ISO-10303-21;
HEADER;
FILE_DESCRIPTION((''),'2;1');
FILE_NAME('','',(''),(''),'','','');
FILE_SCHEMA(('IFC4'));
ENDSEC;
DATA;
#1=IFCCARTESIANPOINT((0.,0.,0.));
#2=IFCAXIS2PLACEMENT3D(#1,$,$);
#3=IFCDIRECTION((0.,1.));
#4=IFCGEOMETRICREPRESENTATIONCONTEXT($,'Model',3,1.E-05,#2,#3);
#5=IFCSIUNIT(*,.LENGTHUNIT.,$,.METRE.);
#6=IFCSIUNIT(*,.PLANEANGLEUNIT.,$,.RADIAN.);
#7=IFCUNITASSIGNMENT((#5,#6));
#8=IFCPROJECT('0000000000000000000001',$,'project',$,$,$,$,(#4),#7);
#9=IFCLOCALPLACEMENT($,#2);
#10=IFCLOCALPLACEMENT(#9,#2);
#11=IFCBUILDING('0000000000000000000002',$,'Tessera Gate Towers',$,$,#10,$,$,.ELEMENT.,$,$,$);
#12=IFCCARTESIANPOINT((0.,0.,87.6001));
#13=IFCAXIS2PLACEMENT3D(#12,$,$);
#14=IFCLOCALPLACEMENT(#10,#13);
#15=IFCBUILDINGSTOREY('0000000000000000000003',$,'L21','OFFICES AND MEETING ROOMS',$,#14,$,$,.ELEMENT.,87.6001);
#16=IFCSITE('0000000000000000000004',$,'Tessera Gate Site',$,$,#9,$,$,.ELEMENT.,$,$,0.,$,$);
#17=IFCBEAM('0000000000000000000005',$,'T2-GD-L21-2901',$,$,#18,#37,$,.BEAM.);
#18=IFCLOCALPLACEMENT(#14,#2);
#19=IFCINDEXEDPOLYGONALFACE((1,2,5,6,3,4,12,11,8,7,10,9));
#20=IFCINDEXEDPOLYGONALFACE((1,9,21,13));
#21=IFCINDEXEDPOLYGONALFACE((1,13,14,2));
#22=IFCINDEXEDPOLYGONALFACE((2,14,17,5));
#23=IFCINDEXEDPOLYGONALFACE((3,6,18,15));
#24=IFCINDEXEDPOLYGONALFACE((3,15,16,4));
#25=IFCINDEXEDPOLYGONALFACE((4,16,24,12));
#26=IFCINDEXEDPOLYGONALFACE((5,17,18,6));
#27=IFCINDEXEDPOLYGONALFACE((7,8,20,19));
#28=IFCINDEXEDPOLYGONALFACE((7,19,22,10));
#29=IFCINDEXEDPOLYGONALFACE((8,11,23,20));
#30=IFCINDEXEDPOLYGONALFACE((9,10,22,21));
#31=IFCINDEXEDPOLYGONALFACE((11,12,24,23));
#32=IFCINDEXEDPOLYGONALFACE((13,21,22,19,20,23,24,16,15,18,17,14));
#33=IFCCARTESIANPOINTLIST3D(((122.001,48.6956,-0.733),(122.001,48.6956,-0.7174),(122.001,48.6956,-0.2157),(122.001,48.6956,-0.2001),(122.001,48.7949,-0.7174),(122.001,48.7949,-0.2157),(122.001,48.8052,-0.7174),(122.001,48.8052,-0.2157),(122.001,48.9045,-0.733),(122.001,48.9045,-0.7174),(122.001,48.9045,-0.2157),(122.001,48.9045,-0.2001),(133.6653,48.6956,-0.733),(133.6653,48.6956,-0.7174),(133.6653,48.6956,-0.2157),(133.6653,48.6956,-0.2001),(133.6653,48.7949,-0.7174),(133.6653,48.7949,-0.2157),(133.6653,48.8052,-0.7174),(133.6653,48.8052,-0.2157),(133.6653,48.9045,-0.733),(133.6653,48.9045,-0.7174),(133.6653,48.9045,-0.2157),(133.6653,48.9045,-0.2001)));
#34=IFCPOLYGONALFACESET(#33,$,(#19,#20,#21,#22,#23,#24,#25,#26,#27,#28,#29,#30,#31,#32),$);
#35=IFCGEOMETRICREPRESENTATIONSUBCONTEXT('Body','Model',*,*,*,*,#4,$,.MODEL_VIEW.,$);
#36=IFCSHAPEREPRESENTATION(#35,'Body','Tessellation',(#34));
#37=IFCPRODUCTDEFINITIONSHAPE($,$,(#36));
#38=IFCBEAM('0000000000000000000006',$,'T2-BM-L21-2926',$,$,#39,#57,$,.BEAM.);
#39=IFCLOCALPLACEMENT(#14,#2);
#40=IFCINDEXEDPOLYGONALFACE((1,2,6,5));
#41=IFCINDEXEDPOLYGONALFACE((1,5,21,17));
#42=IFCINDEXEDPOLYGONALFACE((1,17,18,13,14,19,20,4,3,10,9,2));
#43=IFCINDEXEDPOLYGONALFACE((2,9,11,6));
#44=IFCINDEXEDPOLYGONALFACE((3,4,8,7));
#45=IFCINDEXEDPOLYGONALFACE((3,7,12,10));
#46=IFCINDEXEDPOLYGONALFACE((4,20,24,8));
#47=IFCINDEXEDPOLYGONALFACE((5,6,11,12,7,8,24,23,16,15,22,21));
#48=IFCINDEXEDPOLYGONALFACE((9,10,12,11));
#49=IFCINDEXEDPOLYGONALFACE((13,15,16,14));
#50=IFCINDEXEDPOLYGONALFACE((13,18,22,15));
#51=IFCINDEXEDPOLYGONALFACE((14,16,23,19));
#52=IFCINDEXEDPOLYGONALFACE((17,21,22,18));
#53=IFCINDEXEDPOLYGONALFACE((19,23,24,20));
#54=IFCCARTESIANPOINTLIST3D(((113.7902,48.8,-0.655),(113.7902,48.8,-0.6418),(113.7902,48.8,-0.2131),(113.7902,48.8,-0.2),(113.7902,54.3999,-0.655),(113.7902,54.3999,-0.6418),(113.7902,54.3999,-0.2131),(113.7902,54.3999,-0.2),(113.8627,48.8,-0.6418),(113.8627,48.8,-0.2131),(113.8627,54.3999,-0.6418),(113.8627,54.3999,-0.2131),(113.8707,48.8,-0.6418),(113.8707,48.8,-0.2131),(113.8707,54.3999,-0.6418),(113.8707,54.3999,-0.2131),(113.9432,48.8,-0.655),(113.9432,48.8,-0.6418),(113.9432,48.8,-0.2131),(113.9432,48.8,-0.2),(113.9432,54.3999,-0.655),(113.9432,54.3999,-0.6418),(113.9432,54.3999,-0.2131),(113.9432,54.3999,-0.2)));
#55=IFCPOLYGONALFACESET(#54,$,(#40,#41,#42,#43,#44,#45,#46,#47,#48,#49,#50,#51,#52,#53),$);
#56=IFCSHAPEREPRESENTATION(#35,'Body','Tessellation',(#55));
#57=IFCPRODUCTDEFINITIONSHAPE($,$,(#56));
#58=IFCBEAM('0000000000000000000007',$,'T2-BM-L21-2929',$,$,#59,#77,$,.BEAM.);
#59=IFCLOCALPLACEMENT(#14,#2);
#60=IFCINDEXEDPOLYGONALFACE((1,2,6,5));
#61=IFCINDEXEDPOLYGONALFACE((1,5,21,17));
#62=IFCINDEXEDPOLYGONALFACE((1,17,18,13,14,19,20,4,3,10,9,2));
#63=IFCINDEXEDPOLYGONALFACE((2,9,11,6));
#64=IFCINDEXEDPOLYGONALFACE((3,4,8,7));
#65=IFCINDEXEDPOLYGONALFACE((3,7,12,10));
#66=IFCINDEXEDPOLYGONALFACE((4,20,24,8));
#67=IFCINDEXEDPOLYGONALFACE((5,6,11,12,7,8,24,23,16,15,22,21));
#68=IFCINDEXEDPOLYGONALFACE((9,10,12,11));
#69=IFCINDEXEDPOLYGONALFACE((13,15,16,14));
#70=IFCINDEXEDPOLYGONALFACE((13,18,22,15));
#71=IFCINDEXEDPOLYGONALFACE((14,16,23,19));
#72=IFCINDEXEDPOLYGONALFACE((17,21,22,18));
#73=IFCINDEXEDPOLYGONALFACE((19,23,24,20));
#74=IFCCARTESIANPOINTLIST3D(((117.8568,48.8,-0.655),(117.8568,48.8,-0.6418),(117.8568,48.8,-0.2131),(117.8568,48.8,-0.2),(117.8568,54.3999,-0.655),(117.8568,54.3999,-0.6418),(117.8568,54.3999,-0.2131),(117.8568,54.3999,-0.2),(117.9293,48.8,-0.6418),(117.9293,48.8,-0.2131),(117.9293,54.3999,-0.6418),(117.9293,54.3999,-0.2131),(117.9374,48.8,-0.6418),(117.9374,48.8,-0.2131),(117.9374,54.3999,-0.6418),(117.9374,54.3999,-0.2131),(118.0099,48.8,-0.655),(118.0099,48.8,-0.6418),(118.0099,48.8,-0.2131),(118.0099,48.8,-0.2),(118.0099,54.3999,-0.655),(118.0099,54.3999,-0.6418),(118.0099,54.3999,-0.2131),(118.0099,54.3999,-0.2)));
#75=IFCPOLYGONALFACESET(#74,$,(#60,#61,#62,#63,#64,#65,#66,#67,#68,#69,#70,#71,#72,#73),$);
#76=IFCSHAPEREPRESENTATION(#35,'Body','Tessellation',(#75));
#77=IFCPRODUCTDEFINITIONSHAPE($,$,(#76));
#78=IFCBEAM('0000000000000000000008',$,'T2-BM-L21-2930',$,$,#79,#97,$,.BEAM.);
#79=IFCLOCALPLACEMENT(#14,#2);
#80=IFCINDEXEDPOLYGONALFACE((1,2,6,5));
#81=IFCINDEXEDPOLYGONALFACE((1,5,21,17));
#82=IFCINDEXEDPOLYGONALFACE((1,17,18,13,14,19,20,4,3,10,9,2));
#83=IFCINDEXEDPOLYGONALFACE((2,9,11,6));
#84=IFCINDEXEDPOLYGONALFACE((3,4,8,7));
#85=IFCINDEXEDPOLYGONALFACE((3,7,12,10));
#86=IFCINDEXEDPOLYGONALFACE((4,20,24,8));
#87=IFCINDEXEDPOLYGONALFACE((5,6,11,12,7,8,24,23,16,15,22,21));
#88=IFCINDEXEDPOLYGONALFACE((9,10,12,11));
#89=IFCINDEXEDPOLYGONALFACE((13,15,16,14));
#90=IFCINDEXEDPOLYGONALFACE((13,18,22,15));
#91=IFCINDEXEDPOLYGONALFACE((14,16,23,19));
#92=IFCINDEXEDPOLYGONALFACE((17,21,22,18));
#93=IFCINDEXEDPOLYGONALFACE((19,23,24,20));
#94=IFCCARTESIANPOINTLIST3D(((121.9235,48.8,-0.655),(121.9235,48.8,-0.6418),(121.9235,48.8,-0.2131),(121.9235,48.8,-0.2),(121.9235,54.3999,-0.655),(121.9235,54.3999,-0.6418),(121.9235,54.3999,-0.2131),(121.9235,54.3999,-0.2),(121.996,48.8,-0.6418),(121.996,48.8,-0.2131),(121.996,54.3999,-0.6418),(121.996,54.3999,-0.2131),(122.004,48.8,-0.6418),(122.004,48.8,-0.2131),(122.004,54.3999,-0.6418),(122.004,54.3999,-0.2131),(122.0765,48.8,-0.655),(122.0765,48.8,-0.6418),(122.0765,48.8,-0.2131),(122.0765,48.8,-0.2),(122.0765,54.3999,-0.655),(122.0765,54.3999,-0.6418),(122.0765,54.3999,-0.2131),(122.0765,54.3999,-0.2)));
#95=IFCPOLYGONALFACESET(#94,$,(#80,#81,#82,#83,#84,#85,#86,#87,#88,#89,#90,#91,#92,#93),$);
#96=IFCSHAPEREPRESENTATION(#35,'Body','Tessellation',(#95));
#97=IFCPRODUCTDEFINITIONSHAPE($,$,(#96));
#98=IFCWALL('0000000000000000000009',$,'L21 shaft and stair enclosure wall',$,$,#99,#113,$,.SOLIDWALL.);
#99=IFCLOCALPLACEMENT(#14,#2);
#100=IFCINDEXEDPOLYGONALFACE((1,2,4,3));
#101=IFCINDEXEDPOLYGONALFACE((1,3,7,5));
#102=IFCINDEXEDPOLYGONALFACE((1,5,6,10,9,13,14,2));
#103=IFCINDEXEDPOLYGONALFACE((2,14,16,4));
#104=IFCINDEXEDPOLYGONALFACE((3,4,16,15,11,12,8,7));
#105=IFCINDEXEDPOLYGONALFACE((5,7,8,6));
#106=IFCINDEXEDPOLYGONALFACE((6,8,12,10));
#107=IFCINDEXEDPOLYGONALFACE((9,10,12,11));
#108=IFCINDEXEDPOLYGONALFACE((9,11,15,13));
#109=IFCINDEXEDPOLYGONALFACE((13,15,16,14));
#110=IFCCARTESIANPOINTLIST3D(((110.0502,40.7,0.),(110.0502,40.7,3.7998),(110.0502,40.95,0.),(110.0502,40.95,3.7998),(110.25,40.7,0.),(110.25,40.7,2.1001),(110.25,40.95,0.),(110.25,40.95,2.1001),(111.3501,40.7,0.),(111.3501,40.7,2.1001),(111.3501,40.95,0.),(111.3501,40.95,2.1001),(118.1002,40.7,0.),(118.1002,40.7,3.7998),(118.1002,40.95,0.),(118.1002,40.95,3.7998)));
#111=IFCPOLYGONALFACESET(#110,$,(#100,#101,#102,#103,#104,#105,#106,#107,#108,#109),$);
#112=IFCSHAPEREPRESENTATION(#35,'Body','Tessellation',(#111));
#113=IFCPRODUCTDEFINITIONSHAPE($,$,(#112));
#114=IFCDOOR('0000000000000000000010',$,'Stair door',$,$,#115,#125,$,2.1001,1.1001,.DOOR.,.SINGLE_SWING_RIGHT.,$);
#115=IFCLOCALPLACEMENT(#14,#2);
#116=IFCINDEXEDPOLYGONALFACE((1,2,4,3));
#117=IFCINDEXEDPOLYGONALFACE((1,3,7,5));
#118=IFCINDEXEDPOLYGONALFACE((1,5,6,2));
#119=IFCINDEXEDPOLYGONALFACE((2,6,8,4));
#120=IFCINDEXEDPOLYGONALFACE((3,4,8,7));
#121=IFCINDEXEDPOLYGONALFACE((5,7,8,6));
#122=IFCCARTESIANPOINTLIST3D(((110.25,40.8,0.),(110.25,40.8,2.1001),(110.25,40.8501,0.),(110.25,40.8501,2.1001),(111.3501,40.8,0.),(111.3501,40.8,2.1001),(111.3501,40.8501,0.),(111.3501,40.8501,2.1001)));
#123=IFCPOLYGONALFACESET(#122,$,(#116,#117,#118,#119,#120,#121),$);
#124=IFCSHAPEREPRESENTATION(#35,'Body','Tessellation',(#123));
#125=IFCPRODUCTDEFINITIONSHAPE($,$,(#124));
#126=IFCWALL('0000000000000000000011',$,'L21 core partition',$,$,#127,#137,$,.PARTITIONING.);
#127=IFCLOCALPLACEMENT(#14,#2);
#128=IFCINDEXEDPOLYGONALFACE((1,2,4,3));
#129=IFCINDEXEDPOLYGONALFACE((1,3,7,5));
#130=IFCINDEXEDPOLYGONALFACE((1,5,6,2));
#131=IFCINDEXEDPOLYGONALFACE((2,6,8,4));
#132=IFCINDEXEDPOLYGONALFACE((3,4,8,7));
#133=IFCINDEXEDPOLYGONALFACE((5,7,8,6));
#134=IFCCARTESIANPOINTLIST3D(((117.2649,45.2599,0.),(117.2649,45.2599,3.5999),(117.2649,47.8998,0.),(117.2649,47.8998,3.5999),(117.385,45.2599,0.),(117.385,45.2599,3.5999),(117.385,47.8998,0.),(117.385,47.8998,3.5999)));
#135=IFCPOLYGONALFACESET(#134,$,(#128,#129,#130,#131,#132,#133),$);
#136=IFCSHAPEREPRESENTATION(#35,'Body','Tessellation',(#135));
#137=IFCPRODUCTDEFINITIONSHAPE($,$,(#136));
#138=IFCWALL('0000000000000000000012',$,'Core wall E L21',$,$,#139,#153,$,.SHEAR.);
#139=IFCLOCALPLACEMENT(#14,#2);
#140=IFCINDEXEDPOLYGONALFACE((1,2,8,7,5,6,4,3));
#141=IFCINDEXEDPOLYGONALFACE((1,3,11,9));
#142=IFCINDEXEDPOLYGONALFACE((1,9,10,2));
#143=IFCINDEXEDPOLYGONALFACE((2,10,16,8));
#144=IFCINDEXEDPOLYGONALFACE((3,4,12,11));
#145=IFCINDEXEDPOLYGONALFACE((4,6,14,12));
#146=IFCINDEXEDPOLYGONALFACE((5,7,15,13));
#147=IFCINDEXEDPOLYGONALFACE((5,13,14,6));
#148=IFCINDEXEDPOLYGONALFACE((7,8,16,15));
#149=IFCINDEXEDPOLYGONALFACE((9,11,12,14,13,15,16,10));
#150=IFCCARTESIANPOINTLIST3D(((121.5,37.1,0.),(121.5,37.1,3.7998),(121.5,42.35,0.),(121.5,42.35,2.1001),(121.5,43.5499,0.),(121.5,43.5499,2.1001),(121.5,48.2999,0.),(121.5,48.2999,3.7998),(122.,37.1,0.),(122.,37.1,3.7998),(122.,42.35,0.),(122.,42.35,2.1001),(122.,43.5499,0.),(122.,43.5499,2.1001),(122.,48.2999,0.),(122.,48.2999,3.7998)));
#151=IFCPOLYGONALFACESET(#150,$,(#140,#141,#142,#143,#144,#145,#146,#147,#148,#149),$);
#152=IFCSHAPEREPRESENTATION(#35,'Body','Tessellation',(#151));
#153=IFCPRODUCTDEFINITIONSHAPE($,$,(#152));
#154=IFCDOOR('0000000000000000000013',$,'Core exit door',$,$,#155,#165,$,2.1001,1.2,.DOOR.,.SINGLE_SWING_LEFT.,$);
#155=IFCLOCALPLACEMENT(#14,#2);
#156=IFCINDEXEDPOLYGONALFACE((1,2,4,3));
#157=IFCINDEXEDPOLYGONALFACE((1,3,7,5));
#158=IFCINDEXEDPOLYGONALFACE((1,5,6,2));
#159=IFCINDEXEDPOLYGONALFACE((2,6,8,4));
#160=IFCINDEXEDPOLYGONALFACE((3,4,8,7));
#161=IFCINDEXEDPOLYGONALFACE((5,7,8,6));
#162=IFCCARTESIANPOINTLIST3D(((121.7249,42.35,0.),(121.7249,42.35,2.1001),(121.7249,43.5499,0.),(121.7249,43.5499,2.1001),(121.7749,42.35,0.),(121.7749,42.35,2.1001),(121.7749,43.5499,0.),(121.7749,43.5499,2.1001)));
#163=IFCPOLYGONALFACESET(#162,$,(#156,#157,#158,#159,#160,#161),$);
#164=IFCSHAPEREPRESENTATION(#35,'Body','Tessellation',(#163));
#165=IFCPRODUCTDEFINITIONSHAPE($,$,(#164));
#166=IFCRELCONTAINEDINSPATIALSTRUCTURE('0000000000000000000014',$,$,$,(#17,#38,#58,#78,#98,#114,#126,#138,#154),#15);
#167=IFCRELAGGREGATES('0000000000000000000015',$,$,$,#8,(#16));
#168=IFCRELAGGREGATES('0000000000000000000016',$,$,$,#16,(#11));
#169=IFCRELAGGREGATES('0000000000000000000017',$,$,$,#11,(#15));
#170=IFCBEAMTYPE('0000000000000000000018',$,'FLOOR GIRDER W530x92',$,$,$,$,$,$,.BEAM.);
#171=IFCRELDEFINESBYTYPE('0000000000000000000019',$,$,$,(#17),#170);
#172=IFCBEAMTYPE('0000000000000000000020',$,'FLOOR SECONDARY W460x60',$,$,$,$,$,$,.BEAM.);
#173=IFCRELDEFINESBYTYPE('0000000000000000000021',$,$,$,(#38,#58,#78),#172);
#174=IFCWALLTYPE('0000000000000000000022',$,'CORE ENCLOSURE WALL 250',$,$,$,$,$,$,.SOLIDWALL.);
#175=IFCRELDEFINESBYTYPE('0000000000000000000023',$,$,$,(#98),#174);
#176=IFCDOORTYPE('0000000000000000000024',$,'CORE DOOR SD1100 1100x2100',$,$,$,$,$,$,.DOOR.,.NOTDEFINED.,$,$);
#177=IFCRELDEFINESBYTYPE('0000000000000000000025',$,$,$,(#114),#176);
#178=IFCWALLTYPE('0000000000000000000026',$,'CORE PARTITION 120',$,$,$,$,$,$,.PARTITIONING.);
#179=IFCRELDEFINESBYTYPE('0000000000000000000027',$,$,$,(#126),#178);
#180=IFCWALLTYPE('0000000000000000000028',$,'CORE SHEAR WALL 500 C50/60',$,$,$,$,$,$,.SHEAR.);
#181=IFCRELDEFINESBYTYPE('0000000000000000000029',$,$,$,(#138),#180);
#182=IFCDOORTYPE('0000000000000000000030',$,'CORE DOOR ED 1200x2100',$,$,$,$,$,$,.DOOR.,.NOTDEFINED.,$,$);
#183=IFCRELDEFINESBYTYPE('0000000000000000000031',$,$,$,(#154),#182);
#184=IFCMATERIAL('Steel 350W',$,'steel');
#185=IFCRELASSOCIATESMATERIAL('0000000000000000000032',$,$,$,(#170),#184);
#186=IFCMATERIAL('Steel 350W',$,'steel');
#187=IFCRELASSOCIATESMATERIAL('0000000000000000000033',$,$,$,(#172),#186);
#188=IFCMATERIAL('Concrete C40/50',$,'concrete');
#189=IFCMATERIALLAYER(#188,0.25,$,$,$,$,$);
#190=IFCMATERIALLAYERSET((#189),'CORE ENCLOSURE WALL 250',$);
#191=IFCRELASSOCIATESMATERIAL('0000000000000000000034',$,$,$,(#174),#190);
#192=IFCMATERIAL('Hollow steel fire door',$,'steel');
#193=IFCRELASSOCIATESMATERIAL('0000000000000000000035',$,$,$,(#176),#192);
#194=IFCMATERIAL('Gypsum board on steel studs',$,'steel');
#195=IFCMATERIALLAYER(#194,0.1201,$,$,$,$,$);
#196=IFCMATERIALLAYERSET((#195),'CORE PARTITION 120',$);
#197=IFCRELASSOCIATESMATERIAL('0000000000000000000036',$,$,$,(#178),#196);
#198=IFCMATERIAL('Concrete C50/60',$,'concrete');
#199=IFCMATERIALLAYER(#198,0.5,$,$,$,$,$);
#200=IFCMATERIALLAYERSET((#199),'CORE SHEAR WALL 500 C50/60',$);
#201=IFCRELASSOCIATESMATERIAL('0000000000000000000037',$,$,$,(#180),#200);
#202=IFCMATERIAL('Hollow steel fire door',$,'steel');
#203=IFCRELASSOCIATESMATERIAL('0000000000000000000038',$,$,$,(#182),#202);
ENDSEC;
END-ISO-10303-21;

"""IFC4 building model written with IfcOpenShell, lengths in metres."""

from ifc_helpers import new_model, si_unit, direction, frame, frame_2d, origin, origin_2d, place, context, subcontext, project, spatial, rectangle, i_section, extrude, source, transform, mapped, material, layer, layer_set, material_profile, profile_set, type_object, element, fill, save


model = new_model("IFC4")

# Units and contexts
model_context = context("Model", 3, precision=1e-05, world=origin(), true_north=direction((0.0, 1.0)))
body_context = subcontext(model_context, "Body", "Model", "MODEL_VIEW")
ifc_project = project(units=[si_unit("LENGTHUNIT", "METRE"), si_unit("PLANEANGLEUNIT", "RADIAN")], contexts=[model_context])

# Site, building, storey
site_placement = place(None, origin())
site = spatial("IfcSite", under=ifc_project, at=site_placement, Name="Tessera Gate Site", CompositionType="ELEMENT", RefElevation=0.0)
building_placement = place(site_placement, origin())
building = spatial("IfcBuilding", under=site, at=building_placement, Name="Tessera Gate Towers", CompositionType="ELEMENT")
storey_placement = place(building_placement, frame((0.0, 0.0, 87.6001)))
storey = spatial("IfcBuildingStorey", under=building, at=storey_placement, Name="L21", Description="OFFICES AND MEETING ROOMS", CompositionType="ELEMENT", Elevation=87.6001)

# Beams
ifc_material_1 = material(Name="Steel 350W", Category="steel")
ifc_material_profile_1 = material_profile(ifc_material_1, i_section(OverallWidth=0.209, OverallDepth=0.533, WebThickness=0.0103, FlangeThickness=0.0156, at=origin_2d()), Name="W530x92")
ifc_profile_set_1 = profile_set([ifc_material_profile_1], Name="Steel 350W")
beam_type_1 = type_object("IfcBeamType", Name="FLOOR GIRDER W530x92", PredefinedType="BEAM", material=ifc_profile_set_1)
beam_placement = place(storey_placement, frame((122.001, 48.8, -0.4666), z_axis=(1.0, 0.0, 0.0), x_axis=(0.0, 1.0, 0.0)))
element("IfcBeam", 1, at=beam_placement, inside=storey, type_object=beam_type_1, Name="T2-GD-L21-2901", PredefinedType="BEAM", context=body_context, shape_type="SweptSolid", body=[
    extrude(i_section(OverallWidth=0.209, OverallDepth=0.533, WebThickness=0.0103, FlangeThickness=0.0156, at=origin_2d()), origin(), (0.0, 0.0, 1.0), 11.6643),
])
ifc_material_2 = material(Name="Steel 350W", Category="steel")
ifc_material_profile_2 = material_profile(ifc_material_2, i_section(OverallWidth=0.1531, OverallDepth=0.4551, WebThickness=0.0081, FlangeThickness=0.0132, at=origin_2d()), Name="W460x60")
ifc_profile_set_2 = profile_set([ifc_material_profile_2], Name="Steel 350W")
beam_type_2 = type_object("IfcBeamType", Name="FLOOR SECONDARY W460x60", PredefinedType="BEAM", material=ifc_profile_set_2)
for number, where, z_axis, x_axis, name in (
    (2, (113.8667, 48.8, -0.4275), (0.0, 1.0, 0.0), (-1.0, 0.0, 0.0), "T2-BM-L21-2926"),
    (3, (117.9333, 48.8, -0.4275), (0.0, 1.0, 0.0), (-1.0, 0.0, 0.0), "T2-BM-L21-2929"),
    (4, (122.0, 48.8, -0.4275), (0.0, 1.0, 0.0), (-1.0, 0.0, 0.0), "T2-BM-L21-2930"),
):
    element("IfcBeam", number, at=place(storey_placement, frame(where, z_axis=z_axis, x_axis=x_axis)), inside=storey, type_object=beam_type_2, Name=name, PredefinedType="BEAM", context=body_context, shape_type="SweptSolid", body=[
        extrude(i_section(OverallWidth=0.1531, OverallDepth=0.4551, WebThickness=0.0081, FlangeThickness=0.0132, at=origin_2d()), origin(), (0.0, 0.0, 1.0), 5.5999),
    ])

# Wall, opening, door
ifc_material_3 = material(Name="Concrete C40/50", Category="concrete")
ifc_layer_1 = layer(ifc_material_3, 0.25)
ifc_layer_set_1 = layer_set([ifc_layer_1], Name="CORE ENCLOSURE WALL 250")
wall_type_1 = type_object("IfcWallType", Name="CORE ENCLOSURE WALL 250", PredefinedType="SOLIDWALL", material=ifc_layer_set_1)
wall_1_placement = place(storey_placement, frame((118.1001, 40.825, 0.0), z_axis=(0.0, 0.0, 1.0), x_axis=(-1.0, 0.0, 0.0)))
wall_1 = element("IfcWall", 5, at=wall_1_placement, inside=storey, type_object=wall_type_1, Name="L21 shaft and stair enclosure wall", PredefinedType="SOLIDWALL", context=body_context, shape_type="SweptSolid", body=[
    extrude(rectangle(XDim=8.05, YDim=0.25, at=frame_2d((4.0249, 0.0))), origin(), (0.0, 0.0, 1.0), 3.7998),
])
shared_shape_1 = source(origin(), body_context, "Body", "SweptSolid", [
    extrude(rectangle(XDim=1.1001, YDim=2.1001, at=frame_2d((0.55, 1.05))), frame((0.0, 0.135, 0.0), z_axis=(0.0, -1.0, 0.0), x_axis=(1.0, 0.0, 0.0)), (0.0, 0.0, 1.0), 0.27),
])
opening_1_placement = place(wall_1_placement, frame((6.75, 0.0, 0.0)))
opening_1 = element("IfcOpeningElement", 6, at=opening_1_placement, cuts=wall_1, PredefinedType="OPENING", context=body_context, shape_type="MappedRepresentation", body=[
    mapped(shared_shape_1, transform((0.0, 0.0, 0.0), scale=1.0)),
])
ifc_material_4 = material(Name="Hollow steel fire door", Category="steel")
door_type_1 = type_object("IfcDoorType", Name="CORE DOOR SD1100 1100x2100", OperationType="NOTDEFINED", PredefinedType="DOOR", material=ifc_material_4)
shared_shape_2 = source(origin(), body_context, "Body", "SweptSolid", [
    extrude(rectangle(XDim=1.1001, YDim=2.1001, at=frame_2d((0.55, 1.05))), frame((0.0, 0.0249, 0.0), z_axis=(0.0, -1.0, 0.0), x_axis=(1.0, 0.0, 0.0)), (0.0, 0.0, 1.0), 0.05),
])
door_1_placement = place(opening_1_placement, origin())
door_1 = element("IfcDoor", 7, at=door_1_placement, inside=storey, type_object=door_type_1, Name="Stair door", OperationType="SINGLE_SWING_RIGHT", OverallHeight=2.1001, OverallWidth=1.1001, PredefinedType="DOOR", context=body_context, shape_type="MappedRepresentation", body=[
    mapped(shared_shape_2, transform((0.0, 0.0, 0.0), scale=1.0)),
])
fill(opening_1, door_1)

# Wall
ifc_material_5 = material(Name="Gypsum board on steel studs", Category="steel")
ifc_layer_2 = layer(ifc_material_5, 0.1201)
ifc_layer_set_2 = layer_set([ifc_layer_2], Name="CORE PARTITION 120")
wall_type_2 = type_object("IfcWallType", Name="CORE PARTITION 120", PredefinedType="PARTITIONING", material=ifc_layer_set_2)
wall_2_placement = place(storey_placement, frame((117.325, 45.26, 0.0), z_axis=(0.0, 0.0, 1.0), x_axis=(0.0, 1.0, 0.0)))
element("IfcWall", 8, at=wall_2_placement, inside=storey, type_object=wall_type_2, Name="L21 core partition", PredefinedType="PARTITIONING", context=body_context, shape_type="SweptSolid", body=[
    extrude(rectangle(XDim=2.6399, YDim=0.1201, at=frame_2d((1.3198, 0.0))), origin(), (0.0, 0.0, 1.0), 3.5999),
])

# Wall, opening, door
ifc_material_6 = material(Name="Concrete C50/60", Category="concrete")
ifc_layer_3 = layer(ifc_material_6, 0.5)
ifc_layer_set_3 = layer_set([ifc_layer_3], Name="CORE SHEAR WALL 500 C50/60")
wall_type_3 = type_object("IfcWallType", Name="CORE SHEAR WALL 500 C50/60", PredefinedType="SHEAR", material=ifc_layer_set_3)
wall_3_placement = place(storey_placement, frame((121.75, 48.3, 0.0), z_axis=(0.0, 0.0, 1.0), x_axis=(0.0, -1.0, 0.0)))
wall_3 = element("IfcWall", 9, at=wall_3_placement, inside=storey, type_object=wall_type_3, Name="Core wall E L21", PredefinedType="SHEAR", context=body_context, shape_type="SweptSolid", body=[
    extrude(rectangle(XDim=11.2, YDim=0.5, at=frame_2d((5.6001, 0.0))), origin(), (0.0, 0.0, 1.0), 3.7998),
])
shared_shape_3 = source(origin(), body_context, "Body", "SweptSolid", [
    extrude(rectangle(XDim=1.2, YDim=2.1001, at=frame_2d((0.6001, 1.05))), frame((0.0, 0.26, 0.0), z_axis=(0.0, -1.0, 0.0), x_axis=(1.0, 0.0, 0.0)), (0.0, 0.0, 1.0), 0.52),
])
opening_2_placement = place(wall_3_placement, frame((4.75, 0.0, 0.0)))
opening_2 = element("IfcOpeningElement", 10, at=opening_2_placement, cuts=wall_3, PredefinedType="OPENING", context=body_context, shape_type="MappedRepresentation", body=[
    mapped(shared_shape_3, transform((0.0, 0.0, 0.0), scale=1.0)),
])
ifc_material_7 = material(Name="Hollow steel fire door", Category="steel")
door_type_2 = type_object("IfcDoorType", Name="CORE DOOR ED 1200x2100", OperationType="NOTDEFINED", PredefinedType="DOOR", material=ifc_material_7)
shared_shape_4 = source(origin(), body_context, "Body", "SweptSolid", [
    extrude(rectangle(XDim=1.2, YDim=2.1001, at=frame_2d((0.6001, 1.05))), frame((0.0, 0.0249, 0.0), z_axis=(0.0, -1.0, 0.0), x_axis=(1.0, 0.0, 0.0)), (0.0, 0.0, 1.0), 0.05),
])
door_2_placement = place(opening_2_placement, origin())
door_2 = element("IfcDoor", 11, at=door_2_placement, inside=storey, type_object=door_type_2, Name="Core exit door", OperationType="SINGLE_SWING_LEFT", OverallHeight=2.1001, OverallWidth=1.2, PredefinedType="DOOR", context=body_context, shape_type="MappedRepresentation", body=[
    mapped(shared_shape_4, transform((0.0, 0.0, 0.0), scale=1.0)),
])
fill(opening_2, door_2)

save(model, "model.ifc")
